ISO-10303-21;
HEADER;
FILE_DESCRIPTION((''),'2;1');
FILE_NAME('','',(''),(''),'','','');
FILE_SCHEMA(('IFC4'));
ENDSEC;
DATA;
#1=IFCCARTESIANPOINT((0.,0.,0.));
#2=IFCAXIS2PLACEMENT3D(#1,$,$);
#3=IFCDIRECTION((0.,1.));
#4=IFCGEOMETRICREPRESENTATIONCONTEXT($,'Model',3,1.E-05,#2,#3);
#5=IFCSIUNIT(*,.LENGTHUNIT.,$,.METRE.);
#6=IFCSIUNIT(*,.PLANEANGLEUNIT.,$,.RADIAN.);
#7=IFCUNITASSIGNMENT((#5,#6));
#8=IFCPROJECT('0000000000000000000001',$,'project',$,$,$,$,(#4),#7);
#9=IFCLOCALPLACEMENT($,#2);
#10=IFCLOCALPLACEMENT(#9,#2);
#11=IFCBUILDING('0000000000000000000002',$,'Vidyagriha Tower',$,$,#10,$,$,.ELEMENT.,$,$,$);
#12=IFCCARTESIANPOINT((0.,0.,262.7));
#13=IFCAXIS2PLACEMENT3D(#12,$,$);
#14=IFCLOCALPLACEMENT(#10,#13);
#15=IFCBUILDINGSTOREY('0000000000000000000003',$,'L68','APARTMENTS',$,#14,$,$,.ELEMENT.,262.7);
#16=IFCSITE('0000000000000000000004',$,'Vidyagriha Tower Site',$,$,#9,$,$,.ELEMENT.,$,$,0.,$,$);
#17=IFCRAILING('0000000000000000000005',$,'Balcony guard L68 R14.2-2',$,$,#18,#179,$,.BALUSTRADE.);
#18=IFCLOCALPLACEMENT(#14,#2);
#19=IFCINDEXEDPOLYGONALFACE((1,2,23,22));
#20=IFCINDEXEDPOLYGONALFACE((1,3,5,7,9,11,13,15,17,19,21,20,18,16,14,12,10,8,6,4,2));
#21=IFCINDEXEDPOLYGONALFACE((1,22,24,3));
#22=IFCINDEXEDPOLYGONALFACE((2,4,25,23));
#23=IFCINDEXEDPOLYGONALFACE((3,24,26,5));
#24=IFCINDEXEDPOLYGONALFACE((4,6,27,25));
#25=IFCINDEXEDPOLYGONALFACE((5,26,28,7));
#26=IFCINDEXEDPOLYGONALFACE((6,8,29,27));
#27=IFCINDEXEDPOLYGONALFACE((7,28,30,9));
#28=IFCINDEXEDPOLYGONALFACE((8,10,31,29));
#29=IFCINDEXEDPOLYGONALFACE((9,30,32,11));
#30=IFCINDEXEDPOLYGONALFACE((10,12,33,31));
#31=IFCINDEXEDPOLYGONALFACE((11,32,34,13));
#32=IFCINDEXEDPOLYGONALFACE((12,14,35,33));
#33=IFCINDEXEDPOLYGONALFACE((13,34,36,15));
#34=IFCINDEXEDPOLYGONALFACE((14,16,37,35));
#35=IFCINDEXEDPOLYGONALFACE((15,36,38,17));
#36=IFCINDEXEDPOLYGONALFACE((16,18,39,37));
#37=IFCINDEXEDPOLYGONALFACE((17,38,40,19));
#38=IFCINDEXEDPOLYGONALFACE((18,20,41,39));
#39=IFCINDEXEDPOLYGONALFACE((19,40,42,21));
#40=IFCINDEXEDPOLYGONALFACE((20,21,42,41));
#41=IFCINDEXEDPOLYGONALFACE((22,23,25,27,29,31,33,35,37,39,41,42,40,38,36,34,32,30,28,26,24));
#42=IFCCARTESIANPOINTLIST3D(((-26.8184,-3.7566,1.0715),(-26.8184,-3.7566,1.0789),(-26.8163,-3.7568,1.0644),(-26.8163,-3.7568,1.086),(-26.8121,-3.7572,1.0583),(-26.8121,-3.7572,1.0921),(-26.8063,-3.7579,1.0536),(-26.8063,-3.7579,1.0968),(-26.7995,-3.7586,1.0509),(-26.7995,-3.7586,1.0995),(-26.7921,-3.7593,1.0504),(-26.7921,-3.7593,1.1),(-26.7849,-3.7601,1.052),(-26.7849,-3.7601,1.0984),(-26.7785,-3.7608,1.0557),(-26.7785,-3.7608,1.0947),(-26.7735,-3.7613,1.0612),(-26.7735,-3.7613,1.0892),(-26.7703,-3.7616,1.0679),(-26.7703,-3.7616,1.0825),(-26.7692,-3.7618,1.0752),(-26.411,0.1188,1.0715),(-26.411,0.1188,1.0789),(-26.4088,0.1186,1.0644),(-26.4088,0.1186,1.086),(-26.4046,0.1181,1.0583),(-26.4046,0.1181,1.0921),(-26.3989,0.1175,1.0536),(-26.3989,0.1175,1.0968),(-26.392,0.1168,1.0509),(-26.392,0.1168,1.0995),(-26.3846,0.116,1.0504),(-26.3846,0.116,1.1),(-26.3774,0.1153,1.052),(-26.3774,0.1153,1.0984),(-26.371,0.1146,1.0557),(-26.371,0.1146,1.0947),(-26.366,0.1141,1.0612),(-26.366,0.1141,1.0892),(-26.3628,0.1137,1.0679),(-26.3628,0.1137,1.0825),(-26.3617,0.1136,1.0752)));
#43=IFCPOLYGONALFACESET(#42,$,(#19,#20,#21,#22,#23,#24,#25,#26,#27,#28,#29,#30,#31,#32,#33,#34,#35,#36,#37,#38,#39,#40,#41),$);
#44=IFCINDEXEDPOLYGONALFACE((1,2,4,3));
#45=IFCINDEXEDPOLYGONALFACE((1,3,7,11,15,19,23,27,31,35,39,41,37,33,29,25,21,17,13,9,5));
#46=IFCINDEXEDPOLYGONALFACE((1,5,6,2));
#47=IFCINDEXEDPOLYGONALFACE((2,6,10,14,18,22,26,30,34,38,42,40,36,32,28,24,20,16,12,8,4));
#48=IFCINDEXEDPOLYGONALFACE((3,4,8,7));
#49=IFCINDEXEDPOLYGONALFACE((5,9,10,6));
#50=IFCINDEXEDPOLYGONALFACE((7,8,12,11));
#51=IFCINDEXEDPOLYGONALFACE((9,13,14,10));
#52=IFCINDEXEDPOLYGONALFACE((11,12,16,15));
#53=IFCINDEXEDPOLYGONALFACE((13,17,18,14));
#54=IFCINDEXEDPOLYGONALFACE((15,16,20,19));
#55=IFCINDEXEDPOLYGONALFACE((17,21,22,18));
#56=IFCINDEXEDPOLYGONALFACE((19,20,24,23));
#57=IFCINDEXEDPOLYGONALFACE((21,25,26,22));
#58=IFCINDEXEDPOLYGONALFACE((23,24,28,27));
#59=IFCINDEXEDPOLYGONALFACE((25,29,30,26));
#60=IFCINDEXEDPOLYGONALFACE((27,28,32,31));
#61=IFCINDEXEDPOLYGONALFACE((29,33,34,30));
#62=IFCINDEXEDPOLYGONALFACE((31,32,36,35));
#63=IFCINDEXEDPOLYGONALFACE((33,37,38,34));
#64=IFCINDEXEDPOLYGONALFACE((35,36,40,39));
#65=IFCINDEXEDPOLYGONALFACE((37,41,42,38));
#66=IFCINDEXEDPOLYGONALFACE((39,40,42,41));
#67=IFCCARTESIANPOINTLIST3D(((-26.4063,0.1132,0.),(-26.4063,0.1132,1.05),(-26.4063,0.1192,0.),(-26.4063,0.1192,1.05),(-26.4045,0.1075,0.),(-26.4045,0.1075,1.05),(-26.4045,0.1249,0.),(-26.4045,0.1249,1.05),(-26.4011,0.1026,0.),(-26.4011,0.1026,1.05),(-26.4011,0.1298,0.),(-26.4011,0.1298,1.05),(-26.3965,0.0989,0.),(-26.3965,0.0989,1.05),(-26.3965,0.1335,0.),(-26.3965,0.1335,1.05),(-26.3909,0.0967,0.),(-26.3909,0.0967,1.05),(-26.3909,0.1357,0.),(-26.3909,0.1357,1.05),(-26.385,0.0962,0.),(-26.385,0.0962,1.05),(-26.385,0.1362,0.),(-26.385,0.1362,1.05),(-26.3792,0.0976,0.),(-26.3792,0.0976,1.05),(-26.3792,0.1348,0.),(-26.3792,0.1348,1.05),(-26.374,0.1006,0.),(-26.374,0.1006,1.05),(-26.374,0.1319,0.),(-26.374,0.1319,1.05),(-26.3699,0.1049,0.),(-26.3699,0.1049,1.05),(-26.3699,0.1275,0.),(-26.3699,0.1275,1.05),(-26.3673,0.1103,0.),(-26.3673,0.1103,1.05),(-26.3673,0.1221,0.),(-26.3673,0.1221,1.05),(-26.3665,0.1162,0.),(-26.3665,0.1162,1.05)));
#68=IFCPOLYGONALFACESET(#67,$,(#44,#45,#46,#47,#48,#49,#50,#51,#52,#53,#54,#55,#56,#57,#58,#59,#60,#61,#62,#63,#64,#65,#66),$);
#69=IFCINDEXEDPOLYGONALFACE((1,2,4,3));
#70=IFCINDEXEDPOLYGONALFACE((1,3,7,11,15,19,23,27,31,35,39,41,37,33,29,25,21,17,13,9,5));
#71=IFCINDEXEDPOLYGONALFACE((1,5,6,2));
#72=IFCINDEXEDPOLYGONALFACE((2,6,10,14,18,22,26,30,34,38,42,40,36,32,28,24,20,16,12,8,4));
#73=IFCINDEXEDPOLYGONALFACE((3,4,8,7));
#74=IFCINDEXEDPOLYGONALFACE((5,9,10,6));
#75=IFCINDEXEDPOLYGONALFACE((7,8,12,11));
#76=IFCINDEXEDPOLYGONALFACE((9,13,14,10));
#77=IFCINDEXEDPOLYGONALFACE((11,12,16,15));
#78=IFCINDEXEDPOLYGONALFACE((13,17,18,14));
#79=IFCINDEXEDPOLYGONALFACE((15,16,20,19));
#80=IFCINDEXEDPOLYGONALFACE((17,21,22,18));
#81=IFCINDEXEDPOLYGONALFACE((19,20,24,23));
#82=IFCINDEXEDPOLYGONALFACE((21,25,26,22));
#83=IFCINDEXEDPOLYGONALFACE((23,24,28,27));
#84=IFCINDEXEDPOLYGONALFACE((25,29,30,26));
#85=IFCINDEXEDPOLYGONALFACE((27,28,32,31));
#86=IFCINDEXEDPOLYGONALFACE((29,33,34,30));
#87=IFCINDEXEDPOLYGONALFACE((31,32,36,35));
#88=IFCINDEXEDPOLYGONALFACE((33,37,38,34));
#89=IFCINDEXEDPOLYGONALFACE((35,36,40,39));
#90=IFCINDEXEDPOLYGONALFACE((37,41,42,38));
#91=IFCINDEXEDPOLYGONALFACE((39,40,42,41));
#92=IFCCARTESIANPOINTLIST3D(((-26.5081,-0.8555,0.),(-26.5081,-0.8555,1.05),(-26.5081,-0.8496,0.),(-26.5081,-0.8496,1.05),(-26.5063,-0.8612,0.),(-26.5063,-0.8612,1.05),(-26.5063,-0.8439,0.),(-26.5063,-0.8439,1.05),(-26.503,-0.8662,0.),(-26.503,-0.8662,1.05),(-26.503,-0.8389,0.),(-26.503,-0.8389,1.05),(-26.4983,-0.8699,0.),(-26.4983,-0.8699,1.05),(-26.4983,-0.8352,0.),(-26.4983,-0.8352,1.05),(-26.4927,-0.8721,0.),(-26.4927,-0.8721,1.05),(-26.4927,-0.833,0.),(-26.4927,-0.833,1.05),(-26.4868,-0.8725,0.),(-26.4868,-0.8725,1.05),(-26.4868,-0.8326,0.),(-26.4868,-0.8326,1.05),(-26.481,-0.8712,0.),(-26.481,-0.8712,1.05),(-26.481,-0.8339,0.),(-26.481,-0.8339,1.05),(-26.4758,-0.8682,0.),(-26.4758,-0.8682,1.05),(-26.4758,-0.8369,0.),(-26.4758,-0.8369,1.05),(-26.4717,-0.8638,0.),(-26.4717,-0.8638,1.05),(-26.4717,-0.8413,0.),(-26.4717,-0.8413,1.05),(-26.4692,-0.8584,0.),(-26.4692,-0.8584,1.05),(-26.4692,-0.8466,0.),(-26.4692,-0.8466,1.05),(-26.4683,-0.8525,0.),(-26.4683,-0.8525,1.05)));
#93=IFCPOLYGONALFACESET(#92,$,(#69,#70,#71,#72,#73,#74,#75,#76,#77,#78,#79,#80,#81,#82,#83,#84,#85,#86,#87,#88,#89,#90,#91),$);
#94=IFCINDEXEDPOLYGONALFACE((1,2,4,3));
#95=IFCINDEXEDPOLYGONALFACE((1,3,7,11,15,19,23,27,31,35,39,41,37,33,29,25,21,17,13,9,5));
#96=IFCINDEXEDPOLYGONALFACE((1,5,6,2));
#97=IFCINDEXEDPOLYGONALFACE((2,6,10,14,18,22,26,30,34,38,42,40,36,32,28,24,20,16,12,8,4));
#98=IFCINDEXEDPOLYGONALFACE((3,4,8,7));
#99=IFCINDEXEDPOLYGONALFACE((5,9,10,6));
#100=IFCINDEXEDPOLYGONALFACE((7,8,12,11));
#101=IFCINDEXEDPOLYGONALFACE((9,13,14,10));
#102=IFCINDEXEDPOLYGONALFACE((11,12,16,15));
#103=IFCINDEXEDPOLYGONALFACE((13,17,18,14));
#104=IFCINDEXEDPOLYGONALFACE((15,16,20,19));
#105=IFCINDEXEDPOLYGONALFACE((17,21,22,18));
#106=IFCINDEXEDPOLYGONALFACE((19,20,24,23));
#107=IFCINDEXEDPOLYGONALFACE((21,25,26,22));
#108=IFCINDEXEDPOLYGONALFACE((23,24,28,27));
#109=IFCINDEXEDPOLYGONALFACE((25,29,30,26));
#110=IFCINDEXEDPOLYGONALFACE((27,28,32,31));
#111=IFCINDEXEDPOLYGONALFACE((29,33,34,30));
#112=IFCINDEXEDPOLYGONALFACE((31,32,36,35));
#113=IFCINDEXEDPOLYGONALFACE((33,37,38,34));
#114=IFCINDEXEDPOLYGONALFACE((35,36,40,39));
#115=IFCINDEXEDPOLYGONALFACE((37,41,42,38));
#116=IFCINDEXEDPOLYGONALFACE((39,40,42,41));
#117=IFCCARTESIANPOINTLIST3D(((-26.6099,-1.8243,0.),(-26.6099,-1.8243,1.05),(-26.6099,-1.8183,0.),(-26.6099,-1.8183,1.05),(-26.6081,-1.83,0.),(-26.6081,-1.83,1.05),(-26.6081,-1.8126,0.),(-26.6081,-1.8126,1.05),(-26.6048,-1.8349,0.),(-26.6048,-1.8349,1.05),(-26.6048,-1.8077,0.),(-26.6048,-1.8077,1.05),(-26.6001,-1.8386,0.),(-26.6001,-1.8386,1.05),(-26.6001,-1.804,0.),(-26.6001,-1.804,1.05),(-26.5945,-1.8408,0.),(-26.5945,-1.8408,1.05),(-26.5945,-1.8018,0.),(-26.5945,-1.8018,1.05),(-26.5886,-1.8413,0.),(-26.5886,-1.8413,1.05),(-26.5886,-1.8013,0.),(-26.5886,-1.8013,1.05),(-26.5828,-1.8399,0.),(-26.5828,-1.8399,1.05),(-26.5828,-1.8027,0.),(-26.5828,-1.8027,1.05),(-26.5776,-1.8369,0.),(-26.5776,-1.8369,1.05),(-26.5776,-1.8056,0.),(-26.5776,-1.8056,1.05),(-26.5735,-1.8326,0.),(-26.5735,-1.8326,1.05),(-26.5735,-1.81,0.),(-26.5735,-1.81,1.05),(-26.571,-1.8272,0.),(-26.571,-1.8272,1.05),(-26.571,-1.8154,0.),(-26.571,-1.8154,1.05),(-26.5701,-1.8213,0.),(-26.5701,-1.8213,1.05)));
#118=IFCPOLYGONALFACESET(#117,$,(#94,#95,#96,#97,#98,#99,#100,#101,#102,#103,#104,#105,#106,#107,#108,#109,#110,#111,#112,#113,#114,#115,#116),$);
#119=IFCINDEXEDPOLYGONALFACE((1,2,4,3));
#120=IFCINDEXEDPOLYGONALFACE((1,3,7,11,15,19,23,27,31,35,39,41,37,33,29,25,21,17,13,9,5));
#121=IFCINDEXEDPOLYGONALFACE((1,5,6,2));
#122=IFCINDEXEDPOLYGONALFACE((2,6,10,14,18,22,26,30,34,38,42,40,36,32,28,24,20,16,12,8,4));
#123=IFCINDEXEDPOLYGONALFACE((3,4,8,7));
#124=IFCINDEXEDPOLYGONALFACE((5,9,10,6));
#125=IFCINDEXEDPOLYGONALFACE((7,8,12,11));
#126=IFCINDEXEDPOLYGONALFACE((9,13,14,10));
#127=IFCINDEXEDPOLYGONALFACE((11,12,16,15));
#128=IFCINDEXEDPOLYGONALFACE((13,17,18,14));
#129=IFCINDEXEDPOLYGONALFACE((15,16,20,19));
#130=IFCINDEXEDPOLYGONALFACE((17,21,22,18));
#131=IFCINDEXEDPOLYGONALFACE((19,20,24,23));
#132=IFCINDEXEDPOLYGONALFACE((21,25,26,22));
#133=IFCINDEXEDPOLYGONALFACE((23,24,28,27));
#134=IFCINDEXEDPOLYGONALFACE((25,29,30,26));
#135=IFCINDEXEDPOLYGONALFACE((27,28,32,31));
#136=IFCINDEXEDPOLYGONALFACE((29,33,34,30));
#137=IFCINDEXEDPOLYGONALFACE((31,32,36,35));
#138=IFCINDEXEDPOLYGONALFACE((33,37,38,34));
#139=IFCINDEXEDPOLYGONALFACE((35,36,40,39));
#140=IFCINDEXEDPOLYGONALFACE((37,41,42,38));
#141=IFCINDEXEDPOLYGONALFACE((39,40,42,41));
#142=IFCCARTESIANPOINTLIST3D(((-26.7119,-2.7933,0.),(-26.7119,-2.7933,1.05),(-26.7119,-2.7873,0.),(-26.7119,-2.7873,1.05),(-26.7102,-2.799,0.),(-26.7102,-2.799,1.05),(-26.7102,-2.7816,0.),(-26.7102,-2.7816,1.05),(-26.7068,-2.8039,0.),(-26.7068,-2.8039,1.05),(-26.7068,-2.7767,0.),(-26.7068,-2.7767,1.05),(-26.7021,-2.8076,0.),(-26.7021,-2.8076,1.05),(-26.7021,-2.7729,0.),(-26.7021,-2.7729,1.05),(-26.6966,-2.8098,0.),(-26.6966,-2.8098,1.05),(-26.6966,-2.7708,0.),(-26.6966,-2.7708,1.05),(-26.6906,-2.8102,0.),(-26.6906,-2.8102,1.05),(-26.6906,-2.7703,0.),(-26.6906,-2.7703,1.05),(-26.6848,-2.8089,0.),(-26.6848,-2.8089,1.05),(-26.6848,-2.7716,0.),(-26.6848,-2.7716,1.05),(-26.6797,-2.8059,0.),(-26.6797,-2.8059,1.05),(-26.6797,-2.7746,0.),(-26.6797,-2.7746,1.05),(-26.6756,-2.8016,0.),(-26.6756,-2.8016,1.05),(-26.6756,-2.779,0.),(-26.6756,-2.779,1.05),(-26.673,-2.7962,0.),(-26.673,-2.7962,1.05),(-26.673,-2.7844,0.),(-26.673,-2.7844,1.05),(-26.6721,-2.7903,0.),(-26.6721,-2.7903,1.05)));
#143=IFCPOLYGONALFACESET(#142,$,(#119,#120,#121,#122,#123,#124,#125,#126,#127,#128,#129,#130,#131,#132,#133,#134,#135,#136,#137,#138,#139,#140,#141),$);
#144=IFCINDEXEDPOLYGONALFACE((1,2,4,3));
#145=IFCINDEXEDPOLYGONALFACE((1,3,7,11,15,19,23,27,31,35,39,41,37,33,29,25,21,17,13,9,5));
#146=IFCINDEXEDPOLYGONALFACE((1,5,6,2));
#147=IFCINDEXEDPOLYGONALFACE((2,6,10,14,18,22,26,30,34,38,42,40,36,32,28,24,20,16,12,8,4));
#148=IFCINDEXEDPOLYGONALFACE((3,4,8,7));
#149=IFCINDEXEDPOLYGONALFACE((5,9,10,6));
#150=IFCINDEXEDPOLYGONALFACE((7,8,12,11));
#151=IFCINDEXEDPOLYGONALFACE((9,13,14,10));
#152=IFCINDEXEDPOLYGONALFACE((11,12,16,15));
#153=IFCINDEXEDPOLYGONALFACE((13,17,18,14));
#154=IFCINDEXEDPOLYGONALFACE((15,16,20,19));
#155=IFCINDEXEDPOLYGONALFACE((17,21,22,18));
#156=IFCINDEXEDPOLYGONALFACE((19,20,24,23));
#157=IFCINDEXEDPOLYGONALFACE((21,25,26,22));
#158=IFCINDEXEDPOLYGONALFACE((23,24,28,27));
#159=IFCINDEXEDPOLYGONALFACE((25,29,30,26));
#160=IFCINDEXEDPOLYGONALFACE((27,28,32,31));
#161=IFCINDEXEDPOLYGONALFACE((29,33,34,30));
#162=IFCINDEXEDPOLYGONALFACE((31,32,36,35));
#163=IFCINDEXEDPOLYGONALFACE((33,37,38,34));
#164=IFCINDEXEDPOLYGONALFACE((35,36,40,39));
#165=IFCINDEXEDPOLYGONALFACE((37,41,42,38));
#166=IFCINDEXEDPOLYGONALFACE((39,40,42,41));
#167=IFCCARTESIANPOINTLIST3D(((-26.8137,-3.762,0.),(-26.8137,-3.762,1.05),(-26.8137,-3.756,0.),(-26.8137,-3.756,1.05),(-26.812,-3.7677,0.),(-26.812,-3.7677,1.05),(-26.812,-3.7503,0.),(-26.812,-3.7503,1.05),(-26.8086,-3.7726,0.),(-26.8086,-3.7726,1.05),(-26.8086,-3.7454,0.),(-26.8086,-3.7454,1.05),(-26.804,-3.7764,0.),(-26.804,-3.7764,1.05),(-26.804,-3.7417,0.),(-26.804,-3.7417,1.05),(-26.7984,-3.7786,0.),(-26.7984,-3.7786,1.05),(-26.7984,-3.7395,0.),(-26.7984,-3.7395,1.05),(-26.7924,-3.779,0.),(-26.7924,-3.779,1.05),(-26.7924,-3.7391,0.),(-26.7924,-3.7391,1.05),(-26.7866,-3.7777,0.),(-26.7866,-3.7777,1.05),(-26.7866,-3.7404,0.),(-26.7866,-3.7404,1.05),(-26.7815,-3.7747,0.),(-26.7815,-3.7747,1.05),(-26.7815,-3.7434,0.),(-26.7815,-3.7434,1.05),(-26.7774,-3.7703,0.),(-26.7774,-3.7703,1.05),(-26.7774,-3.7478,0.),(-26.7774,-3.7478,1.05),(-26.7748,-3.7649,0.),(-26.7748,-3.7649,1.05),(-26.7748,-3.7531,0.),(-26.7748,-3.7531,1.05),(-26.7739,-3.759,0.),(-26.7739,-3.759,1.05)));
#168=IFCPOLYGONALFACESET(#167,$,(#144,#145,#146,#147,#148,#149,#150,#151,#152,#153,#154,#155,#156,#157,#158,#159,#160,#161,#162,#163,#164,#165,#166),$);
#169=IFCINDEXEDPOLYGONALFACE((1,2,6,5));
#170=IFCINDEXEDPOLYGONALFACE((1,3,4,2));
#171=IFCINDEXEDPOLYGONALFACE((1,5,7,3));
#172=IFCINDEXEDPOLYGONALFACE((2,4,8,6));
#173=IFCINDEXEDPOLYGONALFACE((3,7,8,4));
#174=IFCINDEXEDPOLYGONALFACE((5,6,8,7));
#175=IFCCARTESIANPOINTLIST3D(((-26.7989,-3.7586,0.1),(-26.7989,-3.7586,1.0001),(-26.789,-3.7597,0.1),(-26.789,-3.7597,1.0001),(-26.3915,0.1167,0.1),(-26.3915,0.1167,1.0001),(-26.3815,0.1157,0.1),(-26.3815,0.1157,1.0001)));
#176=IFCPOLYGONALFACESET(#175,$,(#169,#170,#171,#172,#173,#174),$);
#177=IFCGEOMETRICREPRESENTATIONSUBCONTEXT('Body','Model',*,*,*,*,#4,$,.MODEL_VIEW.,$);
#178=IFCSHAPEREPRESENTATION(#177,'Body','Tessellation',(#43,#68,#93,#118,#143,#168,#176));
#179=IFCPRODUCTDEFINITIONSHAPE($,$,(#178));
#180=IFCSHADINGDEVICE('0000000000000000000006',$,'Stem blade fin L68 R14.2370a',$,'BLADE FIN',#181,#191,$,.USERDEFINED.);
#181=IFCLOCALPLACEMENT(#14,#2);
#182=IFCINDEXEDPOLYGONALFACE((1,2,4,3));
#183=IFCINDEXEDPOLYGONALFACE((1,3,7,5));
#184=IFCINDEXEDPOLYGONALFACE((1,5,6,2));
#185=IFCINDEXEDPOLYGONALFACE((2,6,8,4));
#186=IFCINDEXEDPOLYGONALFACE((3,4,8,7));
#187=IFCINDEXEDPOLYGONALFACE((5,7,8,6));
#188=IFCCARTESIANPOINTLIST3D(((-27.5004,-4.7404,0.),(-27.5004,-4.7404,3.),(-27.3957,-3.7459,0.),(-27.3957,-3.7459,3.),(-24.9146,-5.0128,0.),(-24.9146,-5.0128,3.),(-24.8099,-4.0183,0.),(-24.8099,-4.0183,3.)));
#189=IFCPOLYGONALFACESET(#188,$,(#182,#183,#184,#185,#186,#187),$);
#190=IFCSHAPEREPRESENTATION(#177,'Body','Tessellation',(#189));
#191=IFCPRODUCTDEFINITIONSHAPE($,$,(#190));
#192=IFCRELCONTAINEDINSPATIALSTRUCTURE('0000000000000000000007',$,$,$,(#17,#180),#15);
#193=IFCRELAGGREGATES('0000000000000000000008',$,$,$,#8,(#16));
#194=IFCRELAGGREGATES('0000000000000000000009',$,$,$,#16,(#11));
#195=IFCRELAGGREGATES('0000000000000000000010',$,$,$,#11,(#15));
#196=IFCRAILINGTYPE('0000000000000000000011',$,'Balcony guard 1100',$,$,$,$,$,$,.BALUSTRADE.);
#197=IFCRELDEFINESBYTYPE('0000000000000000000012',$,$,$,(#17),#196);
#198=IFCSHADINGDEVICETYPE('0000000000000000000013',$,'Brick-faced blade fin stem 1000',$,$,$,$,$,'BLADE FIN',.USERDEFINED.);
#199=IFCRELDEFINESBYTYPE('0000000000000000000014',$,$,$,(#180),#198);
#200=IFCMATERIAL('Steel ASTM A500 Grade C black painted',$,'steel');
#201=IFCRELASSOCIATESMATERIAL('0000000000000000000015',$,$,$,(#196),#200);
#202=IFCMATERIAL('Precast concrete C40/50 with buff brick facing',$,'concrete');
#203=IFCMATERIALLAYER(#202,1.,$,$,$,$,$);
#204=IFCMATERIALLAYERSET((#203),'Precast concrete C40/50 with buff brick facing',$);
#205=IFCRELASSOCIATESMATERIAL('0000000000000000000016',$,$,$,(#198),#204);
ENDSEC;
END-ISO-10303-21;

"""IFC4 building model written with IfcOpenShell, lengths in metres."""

from ifc_helpers import new_model, si_unit, direction, frame, origin, origin_2d, place, context, subcontext, project, spatial, polyline, rectangle, circle, outline, extrude, material, layer, layer_set, type_object, element, save


model = new_model("IFC4")

# Units and contexts
model_context = context("Model", 3, precision=1e-05, world=origin(), true_north=direction((0.0, 1.0)))
body_context = subcontext(model_context, "Body", "Model", "MODEL_VIEW")
ifc_project = project(units=[si_unit("LENGTHUNIT", "METRE"), si_unit("PLANEANGLEUNIT", "RADIAN")], contexts=[model_context])

# Site, building, storey
site_placement = place(None, origin())
site = spatial("IfcSite", under=ifc_project, at=site_placement, Name="Vidyagriha Tower Site", CompositionType="ELEMENT", RefElevation=0.0)
building_placement = place(site_placement, origin())
building = spatial("IfcBuilding", under=site, at=building_placement, Name="Vidyagriha Tower", CompositionType="ELEMENT")
storey_placement = place(building_placement, frame((0.0, 0.0, 262.7)))
storey = spatial("IfcBuildingStorey", under=building, at=storey_placement, Name="L68", Description="APARTMENTS", CompositionType="ELEMENT", Elevation=262.7)

# Railing
ifc_material_1 = material(Name="Steel ASTM A500 Grade C black painted", Category="steel")
railing_type = type_object("IfcRailingType", Name="Balcony guard 1100", PredefinedType="BALUSTRADE", material=ifc_material_1)
railing_placement = place(storey_placement, frame((-26.3865, 0.1162, 0.0)))
element("IfcRailing", 1, at=railing_placement, inside=storey, type_object=railing_type, Name="Balcony guard L68 R14.2-2", PredefinedType="BALUSTRADE", context=body_context, shape_type="SweptSolid", body=[
    extrude(circle(Radius=0.0249, at=origin_2d()), frame((0.0, 0.0, 1.0752), z_axis=(-0.104571, -0.994517, 0.0), x_axis=(0.994517, -0.104571, 0.0)), (0.0, 0.0, 1.0), 3.8967),
    extrude(circle(Radius=0.02, at=origin_2d()), origin(), (0.0, 0.0, 1.0), 1.05),
    extrude(circle(Radius=0.02, at=origin_2d()), frame((-0.1018, -0.9688, 0.0)), (0.0, 0.0, 1.0), 1.05),
    extrude(circle(Radius=0.02, at=origin_2d()), frame((-0.2036, -1.9375, 0.0)), (0.0, 0.0, 1.0), 1.05),
    extrude(circle(Radius=0.02, at=origin_2d()), frame((-0.3057, -2.9065, 0.0)), (0.0, 0.0, 1.0), 1.05),
    extrude(circle(Radius=0.02, at=origin_2d()), frame((-0.4075, -3.8752, 0.0)), (0.0, 0.0, 1.0), 1.05),
    extrude(rectangle(XDim=0.01, YDim=0.9001, at=origin_2d()), frame((0.0, 0.0, 0.55), z_axis=(-0.104571, -0.994517, 0.0), x_axis=(0.994517, -0.104571, 0.0)), (0.0, 0.0, 1.0), 3.8967),
])

# Shading device
ifc_material_2 = material(Name="Precast concrete C40/50 with buff brick facing", Category="concrete")
ifc_layer_1 = layer(ifc_material_2, 1.0)
ifc_layer_set_1 = layer_set([ifc_layer_1], Name="Precast concrete C40/50 with buff brick facing")
shading_device_type = type_object("IfcShadingDeviceType", Name="Brick-faced blade fin stem 1000", ElementType="BLADE FIN", PredefinedType="USERDEFINED", material=ifc_layer_set_1)
shading_device_placement = place(storey_placement, frame((-26.1028, -3.8821, 0.0), z_axis=(0.0, 0.0, 1.0), x_axis=(-0.104748, -0.994499, 0.0)))
element("IfcShadingDevice", 2, at=shading_device_placement, inside=storey, type_object=shading_device_type, Name="Stem blade fin L68 R14.2370a", ObjectType="BLADE FIN", PredefinedType="USERDEFINED", context=body_context, shape_type="SweptSolid", body=[
    extrude(outline(polyline([(0.0, 0.0), (1.0, 0.0), (1.0, 3.0), (0.0, 3.0), (0.0, 0.0)])), frame((0.0, 1.3, 0.0), z_axis=(0.0, -1.0, 0.0), x_axis=(1.0, 0.0, 0.0)), (0.0, 0.0, 1.0), 2.6001),
])

save(model, "model.ifc")
